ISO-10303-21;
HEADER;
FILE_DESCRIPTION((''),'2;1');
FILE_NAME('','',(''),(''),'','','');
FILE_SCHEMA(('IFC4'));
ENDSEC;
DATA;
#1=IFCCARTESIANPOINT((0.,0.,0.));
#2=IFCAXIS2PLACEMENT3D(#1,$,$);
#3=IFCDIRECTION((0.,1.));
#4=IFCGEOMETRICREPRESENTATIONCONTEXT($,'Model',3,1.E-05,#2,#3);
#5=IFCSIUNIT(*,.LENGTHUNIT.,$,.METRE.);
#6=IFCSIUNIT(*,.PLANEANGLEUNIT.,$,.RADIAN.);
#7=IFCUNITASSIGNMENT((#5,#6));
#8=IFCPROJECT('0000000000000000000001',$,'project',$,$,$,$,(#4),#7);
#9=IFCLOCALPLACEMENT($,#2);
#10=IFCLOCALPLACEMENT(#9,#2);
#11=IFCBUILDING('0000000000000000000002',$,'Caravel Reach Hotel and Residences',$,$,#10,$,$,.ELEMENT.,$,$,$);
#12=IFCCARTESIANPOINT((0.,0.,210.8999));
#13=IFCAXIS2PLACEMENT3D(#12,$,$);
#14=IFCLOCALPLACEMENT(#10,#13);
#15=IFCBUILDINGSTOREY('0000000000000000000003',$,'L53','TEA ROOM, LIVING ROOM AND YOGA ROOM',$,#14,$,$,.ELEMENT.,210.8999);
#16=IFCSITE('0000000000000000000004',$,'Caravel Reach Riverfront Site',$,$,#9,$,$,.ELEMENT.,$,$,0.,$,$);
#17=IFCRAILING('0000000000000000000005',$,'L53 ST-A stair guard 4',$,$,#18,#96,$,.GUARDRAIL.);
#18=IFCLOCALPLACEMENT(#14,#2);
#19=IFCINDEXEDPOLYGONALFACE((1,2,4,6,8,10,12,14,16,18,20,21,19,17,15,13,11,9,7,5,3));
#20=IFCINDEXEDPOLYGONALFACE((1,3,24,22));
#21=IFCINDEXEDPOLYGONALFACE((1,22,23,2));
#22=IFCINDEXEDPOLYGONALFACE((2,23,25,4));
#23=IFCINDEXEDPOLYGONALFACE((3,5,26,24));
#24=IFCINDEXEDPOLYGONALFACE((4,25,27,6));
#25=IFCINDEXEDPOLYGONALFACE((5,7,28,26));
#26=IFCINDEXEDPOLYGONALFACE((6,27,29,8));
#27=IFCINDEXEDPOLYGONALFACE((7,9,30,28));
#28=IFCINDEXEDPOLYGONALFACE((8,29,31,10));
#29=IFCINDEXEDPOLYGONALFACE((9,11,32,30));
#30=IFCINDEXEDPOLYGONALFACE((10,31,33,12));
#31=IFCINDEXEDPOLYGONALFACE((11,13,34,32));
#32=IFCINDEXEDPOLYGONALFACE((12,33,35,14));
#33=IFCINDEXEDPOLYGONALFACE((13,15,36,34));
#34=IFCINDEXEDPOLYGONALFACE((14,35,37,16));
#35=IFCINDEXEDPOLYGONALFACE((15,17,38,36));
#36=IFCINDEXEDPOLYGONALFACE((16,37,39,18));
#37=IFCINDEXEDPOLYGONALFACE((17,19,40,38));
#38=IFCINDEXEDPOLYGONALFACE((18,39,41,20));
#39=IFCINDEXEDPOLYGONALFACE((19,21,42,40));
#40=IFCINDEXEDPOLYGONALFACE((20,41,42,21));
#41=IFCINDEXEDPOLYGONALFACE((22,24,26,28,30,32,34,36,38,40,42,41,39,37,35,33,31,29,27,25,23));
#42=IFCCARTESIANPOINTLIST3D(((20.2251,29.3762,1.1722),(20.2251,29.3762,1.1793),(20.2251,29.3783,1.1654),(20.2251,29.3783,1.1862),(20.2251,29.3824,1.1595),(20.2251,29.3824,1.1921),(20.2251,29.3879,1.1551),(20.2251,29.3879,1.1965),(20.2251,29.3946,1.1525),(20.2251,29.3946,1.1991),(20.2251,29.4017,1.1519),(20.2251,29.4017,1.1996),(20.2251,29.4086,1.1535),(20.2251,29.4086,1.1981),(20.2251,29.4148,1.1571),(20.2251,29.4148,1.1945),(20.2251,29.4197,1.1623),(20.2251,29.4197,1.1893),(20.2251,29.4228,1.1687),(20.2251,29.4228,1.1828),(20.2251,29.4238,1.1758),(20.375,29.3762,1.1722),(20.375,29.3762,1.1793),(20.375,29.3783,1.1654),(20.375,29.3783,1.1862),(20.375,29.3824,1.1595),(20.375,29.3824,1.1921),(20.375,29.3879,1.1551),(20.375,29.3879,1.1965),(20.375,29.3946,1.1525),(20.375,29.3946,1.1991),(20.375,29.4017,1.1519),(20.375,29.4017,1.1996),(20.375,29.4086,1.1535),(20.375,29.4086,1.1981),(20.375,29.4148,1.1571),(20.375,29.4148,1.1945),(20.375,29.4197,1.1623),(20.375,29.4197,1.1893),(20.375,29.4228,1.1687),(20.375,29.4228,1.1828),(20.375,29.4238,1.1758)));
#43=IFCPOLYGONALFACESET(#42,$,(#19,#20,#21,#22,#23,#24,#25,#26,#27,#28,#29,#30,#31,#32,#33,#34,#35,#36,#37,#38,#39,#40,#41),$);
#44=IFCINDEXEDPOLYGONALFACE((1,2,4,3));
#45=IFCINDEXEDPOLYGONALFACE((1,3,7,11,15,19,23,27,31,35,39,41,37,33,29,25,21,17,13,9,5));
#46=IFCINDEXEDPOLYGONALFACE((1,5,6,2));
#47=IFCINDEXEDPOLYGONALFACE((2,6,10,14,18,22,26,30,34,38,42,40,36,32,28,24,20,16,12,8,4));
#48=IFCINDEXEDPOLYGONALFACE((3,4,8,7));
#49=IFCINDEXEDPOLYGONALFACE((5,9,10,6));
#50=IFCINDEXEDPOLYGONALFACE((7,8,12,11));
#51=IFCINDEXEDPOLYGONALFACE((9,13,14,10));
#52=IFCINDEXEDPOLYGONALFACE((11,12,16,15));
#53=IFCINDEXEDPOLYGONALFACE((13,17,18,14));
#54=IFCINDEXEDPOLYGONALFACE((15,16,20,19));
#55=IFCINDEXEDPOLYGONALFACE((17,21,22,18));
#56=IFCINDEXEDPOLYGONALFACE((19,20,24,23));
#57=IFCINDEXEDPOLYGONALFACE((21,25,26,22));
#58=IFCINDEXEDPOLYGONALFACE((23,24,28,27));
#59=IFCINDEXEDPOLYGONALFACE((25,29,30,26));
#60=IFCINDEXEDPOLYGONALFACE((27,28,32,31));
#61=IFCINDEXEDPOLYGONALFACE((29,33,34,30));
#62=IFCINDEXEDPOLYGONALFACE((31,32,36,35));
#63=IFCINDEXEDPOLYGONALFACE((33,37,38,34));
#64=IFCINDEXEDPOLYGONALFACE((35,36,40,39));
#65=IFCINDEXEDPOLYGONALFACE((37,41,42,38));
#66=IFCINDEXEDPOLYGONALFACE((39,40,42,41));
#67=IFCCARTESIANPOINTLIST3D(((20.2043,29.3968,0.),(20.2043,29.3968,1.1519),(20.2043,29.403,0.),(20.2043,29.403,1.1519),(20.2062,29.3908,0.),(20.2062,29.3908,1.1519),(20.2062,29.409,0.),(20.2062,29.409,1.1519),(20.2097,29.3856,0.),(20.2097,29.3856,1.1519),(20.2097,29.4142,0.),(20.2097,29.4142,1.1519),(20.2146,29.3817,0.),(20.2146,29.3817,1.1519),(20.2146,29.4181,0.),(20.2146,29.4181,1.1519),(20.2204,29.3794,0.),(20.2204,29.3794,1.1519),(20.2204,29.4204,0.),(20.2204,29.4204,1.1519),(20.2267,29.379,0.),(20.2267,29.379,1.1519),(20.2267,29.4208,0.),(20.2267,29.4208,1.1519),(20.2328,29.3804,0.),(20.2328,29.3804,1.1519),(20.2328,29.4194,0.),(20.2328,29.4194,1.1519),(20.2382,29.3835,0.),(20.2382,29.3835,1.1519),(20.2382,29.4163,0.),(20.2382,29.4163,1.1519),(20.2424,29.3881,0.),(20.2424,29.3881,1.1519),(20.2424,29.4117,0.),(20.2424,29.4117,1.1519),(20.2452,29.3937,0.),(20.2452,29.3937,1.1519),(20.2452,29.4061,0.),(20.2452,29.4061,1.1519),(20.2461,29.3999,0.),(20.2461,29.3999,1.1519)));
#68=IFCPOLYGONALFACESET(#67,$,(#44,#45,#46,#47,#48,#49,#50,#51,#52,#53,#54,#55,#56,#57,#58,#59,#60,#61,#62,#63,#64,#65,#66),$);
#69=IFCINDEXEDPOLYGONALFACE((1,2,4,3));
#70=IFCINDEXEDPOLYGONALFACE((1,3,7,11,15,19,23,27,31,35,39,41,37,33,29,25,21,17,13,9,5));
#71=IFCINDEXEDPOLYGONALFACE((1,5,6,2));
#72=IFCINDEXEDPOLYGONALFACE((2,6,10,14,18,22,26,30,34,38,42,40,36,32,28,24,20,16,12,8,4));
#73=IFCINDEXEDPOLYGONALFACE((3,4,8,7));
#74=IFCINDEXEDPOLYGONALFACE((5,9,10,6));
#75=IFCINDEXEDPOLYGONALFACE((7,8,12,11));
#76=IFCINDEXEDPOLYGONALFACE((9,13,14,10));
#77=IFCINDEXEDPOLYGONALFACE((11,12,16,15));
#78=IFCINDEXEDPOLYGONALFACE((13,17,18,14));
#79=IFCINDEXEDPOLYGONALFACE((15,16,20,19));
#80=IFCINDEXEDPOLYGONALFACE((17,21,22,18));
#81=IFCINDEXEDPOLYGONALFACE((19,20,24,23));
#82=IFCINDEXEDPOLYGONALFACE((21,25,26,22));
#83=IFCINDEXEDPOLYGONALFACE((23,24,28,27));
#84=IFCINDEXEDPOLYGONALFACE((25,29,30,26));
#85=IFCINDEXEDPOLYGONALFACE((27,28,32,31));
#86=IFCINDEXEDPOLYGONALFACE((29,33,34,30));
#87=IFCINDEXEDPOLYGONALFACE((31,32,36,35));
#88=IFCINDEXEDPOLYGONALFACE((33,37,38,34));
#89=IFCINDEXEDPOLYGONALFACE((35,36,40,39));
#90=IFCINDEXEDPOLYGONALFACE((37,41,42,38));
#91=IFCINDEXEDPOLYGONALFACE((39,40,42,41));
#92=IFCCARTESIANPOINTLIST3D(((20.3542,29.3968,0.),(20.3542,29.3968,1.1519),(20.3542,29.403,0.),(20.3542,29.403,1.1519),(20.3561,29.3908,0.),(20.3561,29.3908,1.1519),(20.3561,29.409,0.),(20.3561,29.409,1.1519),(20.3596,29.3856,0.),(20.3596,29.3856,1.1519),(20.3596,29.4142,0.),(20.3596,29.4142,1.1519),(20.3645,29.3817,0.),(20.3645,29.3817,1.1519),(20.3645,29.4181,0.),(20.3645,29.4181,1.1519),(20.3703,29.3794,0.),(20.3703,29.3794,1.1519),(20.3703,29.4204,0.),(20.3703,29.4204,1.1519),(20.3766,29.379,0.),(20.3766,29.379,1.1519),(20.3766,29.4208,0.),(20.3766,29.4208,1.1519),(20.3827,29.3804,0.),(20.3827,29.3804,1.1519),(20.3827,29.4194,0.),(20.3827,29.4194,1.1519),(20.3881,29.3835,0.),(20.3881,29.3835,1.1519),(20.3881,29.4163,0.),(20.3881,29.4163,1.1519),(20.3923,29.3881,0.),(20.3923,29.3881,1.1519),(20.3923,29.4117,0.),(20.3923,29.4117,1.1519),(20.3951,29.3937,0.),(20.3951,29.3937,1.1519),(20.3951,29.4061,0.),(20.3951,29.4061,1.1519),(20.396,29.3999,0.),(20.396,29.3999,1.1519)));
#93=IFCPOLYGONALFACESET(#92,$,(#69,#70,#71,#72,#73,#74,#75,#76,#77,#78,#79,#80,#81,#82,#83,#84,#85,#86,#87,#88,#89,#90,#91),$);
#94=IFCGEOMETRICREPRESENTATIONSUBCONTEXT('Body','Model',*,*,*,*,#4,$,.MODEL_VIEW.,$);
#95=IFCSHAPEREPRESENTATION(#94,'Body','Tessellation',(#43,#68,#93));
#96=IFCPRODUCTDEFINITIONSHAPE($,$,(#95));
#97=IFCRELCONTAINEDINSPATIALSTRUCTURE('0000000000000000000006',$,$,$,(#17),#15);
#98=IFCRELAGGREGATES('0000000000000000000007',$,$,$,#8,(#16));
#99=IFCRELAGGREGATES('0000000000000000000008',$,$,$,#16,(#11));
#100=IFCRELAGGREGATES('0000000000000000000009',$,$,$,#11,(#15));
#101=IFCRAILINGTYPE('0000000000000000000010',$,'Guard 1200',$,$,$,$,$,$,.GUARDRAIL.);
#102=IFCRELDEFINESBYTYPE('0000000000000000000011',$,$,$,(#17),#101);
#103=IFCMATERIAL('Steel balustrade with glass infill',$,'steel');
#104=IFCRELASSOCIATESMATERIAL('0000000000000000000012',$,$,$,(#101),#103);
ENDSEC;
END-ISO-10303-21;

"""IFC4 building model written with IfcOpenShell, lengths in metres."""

from ifc_helpers import new_model, si_unit, direction, frame, origin, origin_2d, place, context, subcontext, project, spatial, circle, extrude, material, type_object, element, save


model = new_model("IFC4")

# Units and contexts
model_context = context("Model", 3, precision=1e-05, world=origin(), true_north=direction((0.0, 1.0)))
body_context = subcontext(model_context, "Body", "Model", "MODEL_VIEW")
ifc_project = project(units=[si_unit("LENGTHUNIT", "METRE"), si_unit("PLANEANGLEUNIT", "RADIAN")], contexts=[model_context])

# Site, building, storey
site_placement = place(None, origin())
site = spatial("IfcSite", under=ifc_project, at=site_placement, Name="Caravel Reach Riverfront Site", CompositionType="ELEMENT", RefElevation=0.0)
building_placement = place(site_placement, origin())
building = spatial("IfcBuilding", under=site, at=building_placement, Name="Caravel Reach Hotel and Residences", CompositionType="ELEMENT")
storey_placement = place(building_placement, frame((0.0, 0.0, 210.8999)))
storey = spatial("IfcBuildingStorey", under=building, at=storey_placement, Name="L53", Description="TEA ROOM, LIVING ROOM AND YOGA ROOM", CompositionType="ELEMENT", Elevation=210.8999)

# Railing
ifc_material_1 = material(Name="Steel balustrade with glass infill", Category="steel")
railing_type_1 = type_object("IfcRailingType", Name="Guard 1200", PredefinedType="GUARDRAIL", material=ifc_material_1)
railing_1_placement = place(storey_placement, frame((20.2251, 29.3999, 0.0)))
element("IfcRailing", 1, at=railing_1_placement, inside=storey, type_object=railing_type_1, Name="L53 ST-A stair guard 4", PredefinedType="GUARDRAIL", context=body_context, shape_type="SweptSolid", body=[
    extrude(circle(Radius=0.0239, at=origin_2d()), frame((0.0, 0.0, 1.1758), z_axis=(1.0, 0.0, 0.0), x_axis=(0.0, 1.0, 0.0)), (0.0, 0.0, 1.0), 0.1499),
    extrude(circle(Radius=0.021, at=origin_2d()), origin(), (0.0, 0.0, 1.0), 1.1519),
    extrude(circle(Radius=0.021, at=origin_2d()), frame((0.1499, 0.0, 0.0)), (0.0, 0.0, 1.0), 1.1519),
])

save(model, "model.ifc")
